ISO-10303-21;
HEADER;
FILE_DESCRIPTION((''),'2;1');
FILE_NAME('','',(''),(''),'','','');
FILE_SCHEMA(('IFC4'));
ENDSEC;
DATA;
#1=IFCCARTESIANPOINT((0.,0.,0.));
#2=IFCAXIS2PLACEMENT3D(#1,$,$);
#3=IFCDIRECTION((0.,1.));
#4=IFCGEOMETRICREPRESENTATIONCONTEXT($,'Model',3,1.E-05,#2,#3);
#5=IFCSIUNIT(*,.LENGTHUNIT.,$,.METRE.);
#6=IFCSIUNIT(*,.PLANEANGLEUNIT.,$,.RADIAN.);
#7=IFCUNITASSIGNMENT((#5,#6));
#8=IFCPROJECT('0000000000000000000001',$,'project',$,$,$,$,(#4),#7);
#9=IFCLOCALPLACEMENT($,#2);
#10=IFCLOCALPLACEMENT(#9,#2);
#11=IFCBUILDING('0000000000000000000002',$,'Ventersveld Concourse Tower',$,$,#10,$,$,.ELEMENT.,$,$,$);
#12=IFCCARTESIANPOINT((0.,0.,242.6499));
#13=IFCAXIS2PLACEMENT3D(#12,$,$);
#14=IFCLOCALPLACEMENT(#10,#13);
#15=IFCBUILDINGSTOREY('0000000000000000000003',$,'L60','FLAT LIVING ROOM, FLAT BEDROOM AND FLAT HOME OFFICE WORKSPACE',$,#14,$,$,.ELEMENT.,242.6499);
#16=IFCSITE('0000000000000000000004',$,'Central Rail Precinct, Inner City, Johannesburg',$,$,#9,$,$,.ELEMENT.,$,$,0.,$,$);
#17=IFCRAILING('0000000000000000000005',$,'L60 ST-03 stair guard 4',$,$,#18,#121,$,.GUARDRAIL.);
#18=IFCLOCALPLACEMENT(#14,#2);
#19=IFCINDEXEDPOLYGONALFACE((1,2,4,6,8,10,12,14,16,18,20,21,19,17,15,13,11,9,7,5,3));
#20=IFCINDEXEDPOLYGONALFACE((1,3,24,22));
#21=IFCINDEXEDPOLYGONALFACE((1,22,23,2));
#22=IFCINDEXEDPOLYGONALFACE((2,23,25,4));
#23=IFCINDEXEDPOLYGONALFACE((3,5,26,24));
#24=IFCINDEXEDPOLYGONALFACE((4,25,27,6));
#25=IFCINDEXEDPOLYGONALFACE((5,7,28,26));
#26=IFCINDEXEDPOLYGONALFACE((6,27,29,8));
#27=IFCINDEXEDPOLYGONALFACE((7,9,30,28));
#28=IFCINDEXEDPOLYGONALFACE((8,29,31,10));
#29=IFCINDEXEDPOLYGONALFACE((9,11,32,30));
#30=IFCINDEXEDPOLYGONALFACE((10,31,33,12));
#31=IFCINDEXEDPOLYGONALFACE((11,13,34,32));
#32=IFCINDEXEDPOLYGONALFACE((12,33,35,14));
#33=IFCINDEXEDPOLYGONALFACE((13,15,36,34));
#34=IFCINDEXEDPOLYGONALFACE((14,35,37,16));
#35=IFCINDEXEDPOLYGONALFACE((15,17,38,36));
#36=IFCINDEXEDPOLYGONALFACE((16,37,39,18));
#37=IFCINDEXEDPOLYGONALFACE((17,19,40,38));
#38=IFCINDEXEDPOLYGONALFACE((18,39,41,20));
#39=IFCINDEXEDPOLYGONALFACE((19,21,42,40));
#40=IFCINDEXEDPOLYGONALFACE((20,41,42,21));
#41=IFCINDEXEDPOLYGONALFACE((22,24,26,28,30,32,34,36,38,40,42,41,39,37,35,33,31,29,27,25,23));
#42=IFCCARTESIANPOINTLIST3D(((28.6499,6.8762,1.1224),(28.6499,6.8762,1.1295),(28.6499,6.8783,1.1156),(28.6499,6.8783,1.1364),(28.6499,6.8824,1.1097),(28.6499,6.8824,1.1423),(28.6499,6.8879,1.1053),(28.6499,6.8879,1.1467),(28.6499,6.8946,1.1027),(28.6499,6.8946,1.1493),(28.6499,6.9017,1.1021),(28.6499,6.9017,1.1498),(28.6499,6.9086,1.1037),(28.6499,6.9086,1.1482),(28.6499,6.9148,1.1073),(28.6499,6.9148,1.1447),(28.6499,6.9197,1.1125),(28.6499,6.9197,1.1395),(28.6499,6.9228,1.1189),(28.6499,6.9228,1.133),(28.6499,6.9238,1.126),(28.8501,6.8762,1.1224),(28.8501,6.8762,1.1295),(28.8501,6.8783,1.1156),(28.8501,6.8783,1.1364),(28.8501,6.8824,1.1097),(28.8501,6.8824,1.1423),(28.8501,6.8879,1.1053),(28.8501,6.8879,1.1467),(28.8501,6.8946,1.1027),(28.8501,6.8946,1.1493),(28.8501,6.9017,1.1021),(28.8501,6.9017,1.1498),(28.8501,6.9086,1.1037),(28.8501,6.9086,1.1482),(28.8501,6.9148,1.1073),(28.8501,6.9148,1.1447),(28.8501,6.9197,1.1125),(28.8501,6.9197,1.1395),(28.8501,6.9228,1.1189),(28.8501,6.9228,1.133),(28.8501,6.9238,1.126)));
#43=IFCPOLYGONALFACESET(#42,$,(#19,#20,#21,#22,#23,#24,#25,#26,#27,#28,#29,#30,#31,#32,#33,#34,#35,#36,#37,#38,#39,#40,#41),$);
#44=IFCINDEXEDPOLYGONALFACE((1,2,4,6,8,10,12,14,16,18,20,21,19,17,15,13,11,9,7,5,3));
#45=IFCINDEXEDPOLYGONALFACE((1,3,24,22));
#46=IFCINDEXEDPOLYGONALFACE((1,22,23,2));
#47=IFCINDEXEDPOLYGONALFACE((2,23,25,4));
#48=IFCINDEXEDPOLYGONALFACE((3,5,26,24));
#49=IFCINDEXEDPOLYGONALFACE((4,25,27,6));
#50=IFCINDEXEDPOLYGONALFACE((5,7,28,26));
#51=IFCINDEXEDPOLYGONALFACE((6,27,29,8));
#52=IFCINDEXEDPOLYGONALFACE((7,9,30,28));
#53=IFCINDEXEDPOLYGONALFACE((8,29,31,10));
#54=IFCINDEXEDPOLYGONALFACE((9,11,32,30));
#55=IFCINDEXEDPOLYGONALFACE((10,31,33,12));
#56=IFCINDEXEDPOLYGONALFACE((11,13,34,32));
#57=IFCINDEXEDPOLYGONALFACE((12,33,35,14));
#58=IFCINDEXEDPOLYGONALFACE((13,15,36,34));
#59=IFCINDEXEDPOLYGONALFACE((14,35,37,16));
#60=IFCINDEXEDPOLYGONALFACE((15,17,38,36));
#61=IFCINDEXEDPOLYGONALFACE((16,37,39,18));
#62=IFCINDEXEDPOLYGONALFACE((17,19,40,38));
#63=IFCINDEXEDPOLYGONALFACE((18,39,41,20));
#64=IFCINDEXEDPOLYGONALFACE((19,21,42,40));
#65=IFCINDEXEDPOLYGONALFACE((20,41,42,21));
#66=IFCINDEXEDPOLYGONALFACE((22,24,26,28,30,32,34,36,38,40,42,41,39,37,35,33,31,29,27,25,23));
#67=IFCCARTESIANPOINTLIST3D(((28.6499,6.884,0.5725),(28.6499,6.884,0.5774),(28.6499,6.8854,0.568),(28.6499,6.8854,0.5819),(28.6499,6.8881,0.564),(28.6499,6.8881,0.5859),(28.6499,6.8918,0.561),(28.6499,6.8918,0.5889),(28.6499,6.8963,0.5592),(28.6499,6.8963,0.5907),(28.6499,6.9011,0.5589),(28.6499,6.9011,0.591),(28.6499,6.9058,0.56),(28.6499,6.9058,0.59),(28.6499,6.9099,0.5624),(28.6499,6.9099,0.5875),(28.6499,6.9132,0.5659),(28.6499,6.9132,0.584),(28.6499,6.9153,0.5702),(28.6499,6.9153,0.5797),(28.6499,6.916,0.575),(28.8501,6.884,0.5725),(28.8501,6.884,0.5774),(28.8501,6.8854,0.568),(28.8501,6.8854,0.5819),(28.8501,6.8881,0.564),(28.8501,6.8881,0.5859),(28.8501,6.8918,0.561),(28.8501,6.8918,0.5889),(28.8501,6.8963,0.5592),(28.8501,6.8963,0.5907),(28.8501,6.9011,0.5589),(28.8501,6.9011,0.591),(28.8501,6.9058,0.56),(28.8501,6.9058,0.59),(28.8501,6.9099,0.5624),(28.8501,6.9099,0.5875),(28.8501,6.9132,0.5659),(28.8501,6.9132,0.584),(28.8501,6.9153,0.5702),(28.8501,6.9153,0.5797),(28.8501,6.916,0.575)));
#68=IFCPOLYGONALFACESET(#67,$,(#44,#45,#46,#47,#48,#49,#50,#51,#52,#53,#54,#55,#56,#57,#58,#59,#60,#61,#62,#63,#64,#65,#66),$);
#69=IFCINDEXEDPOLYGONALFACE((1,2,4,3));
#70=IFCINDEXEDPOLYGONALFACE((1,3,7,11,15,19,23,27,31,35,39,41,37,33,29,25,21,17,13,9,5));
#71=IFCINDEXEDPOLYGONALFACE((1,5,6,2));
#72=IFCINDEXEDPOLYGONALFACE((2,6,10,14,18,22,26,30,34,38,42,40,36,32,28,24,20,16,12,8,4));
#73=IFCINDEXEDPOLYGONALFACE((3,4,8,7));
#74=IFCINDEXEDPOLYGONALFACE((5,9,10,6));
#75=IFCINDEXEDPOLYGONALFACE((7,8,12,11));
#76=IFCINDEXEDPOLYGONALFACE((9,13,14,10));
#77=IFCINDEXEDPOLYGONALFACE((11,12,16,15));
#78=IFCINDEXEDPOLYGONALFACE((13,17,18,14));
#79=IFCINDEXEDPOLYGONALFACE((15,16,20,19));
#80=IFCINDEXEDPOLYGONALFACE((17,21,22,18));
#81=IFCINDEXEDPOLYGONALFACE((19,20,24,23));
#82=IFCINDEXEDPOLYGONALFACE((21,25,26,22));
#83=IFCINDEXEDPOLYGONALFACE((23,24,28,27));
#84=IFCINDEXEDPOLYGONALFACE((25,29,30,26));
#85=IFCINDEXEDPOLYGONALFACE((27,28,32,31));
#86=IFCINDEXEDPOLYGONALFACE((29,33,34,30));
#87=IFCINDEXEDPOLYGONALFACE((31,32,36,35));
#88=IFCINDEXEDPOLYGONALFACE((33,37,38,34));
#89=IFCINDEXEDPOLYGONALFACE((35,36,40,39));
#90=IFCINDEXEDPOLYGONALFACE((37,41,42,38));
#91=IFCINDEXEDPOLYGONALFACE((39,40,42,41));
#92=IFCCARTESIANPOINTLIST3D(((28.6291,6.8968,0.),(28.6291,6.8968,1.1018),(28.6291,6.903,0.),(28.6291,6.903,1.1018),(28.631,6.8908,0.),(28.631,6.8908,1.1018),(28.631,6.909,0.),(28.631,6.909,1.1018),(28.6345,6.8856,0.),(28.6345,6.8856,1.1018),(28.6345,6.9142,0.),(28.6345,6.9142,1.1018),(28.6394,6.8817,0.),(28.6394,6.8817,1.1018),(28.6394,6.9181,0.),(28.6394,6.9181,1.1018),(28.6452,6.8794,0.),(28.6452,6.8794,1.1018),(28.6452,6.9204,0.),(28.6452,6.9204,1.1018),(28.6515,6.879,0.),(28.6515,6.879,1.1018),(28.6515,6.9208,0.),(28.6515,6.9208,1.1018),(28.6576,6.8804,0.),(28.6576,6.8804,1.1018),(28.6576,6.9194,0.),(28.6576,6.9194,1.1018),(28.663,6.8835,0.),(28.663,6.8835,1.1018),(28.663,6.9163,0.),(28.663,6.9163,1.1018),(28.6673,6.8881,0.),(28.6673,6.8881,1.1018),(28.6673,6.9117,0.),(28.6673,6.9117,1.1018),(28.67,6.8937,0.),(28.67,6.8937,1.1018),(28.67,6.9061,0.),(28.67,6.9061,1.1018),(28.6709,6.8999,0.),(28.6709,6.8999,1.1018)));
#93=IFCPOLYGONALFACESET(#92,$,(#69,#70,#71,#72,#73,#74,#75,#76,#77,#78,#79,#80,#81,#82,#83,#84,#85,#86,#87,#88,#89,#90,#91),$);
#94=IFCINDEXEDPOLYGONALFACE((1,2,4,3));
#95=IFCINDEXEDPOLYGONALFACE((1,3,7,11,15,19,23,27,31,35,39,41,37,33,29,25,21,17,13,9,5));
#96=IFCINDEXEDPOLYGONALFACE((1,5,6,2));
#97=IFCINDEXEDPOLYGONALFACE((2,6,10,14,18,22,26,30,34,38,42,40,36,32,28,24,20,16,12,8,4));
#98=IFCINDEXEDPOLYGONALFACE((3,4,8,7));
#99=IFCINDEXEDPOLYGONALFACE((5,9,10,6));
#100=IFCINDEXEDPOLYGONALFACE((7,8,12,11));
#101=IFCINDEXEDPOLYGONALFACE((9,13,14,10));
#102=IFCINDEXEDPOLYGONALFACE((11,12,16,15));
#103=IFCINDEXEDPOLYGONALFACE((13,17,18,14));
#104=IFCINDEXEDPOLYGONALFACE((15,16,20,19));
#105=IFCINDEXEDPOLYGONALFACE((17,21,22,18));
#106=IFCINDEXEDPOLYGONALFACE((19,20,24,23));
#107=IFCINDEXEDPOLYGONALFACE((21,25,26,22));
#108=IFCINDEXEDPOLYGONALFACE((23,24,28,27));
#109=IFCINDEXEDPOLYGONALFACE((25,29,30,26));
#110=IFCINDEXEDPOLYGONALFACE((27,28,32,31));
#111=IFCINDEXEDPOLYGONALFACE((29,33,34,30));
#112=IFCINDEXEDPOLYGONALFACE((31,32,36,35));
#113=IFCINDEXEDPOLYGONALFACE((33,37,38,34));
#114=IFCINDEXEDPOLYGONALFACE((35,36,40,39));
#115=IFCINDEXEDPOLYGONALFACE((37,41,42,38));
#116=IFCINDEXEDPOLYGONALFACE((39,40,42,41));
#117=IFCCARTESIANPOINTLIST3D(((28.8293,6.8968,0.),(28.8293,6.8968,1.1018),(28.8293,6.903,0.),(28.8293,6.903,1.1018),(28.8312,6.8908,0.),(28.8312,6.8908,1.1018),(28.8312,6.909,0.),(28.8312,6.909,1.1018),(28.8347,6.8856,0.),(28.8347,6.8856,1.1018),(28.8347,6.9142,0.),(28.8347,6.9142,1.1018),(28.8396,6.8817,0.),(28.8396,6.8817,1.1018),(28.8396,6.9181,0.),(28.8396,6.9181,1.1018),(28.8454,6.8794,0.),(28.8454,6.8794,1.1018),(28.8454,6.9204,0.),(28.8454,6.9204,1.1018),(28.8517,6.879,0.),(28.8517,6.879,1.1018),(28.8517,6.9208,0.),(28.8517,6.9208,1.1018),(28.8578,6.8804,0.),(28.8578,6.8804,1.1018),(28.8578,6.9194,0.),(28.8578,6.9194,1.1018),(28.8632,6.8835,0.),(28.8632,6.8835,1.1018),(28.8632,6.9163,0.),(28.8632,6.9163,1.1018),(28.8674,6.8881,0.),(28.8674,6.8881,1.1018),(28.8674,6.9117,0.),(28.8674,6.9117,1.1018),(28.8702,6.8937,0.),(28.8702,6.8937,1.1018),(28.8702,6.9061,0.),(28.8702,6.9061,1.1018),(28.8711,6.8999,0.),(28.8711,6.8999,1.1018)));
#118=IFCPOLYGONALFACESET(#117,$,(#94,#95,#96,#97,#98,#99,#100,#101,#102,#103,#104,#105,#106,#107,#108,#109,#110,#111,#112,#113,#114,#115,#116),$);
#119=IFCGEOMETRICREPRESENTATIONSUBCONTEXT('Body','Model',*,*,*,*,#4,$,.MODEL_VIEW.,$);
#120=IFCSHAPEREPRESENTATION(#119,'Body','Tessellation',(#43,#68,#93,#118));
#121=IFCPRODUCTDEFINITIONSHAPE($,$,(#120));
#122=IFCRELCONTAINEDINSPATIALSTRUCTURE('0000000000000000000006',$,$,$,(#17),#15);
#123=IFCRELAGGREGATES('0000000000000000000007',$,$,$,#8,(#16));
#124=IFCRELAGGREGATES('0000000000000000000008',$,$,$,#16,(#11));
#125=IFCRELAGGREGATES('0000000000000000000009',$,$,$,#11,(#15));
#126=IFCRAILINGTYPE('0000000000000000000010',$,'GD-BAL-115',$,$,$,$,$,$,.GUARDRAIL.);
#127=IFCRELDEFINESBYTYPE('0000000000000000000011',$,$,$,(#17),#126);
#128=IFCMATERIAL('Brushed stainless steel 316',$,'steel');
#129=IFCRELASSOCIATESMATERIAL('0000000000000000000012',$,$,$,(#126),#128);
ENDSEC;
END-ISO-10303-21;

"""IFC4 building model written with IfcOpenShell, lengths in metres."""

from ifc_helpers import new_model, si_unit, direction, frame, origin, origin_2d, place, context, subcontext, project, spatial, circle, extrude, material, type_object, element, save


model = new_model("IFC4")

# Units and contexts
model_context = context("Model", 3, precision=1e-05, world=origin(), true_north=direction((0.0, 1.0)))
body_context = subcontext(model_context, "Body", "Model", "MODEL_VIEW")
ifc_project = project(units=[si_unit("LENGTHUNIT", "METRE"), si_unit("PLANEANGLEUNIT", "RADIAN")], contexts=[model_context])

# Site, building, storey
site_placement = place(None, origin())
site = spatial("IfcSite", under=ifc_project, at=site_placement, Name="Central Rail Precinct, Inner City, Johannesburg", CompositionType="ELEMENT", RefElevation=0.0)
building_placement = place(site_placement, origin())
building = spatial("IfcBuilding", under=site, at=building_placement, Name="Ventersveld Concourse Tower", CompositionType="ELEMENT")
storey_placement = place(building_placement, frame((0.0, 0.0, 242.6499)))
storey = spatial("IfcBuildingStorey", under=building, at=storey_placement, Name="L60", Description="FLAT LIVING ROOM, FLAT BEDROOM AND FLAT HOME OFFICE WORKSPACE", CompositionType="ELEMENT", Elevation=242.6499)

# Shared definitions
ifc_material_1 = material(Name="Brushed stainless steel 316", Category="steel")

# Railing
railing_type_1 = type_object("IfcRailingType", Name="GD-BAL-115", PredefinedType="GUARDRAIL", material=ifc_material_1)
railing_1_placement = place(storey_placement, frame((28.6499, 6.8999, 0.0)))
element("IfcRailing", 1, at=railing_1_placement, inside=storey, type_object=railing_type_1, Name="L60 ST-03 stair guard 4", PredefinedType="GUARDRAIL", context=body_context, shape_type="SweptSolid", body=[
    extrude(circle(Radius=0.0239, at=origin_2d()), frame((0.0, 0.0, 1.126), z_axis=(1.0, 0.0, 0.0), x_axis=(0.0, 1.0, 0.0)), (0.0, 0.0, 1.0), 0.2002),
    extrude(circle(Radius=0.0161, at=origin_2d()), frame((0.0, 0.0, 0.575), z_axis=(1.0, 0.0, 0.0), x_axis=(0.0, 1.0, 0.0)), (0.0, 0.0, 1.0), 0.2002),
    extrude(circle(Radius=0.021, at=origin_2d()), origin(), (0.0, 0.0, 1.0), 1.1018),
    extrude(circle(Radius=0.021, at=origin_2d()), frame((0.2002, 0.0, 0.0)), (0.0, 0.0, 1.0), 1.1018),
])

save(model, "model.ifc")
